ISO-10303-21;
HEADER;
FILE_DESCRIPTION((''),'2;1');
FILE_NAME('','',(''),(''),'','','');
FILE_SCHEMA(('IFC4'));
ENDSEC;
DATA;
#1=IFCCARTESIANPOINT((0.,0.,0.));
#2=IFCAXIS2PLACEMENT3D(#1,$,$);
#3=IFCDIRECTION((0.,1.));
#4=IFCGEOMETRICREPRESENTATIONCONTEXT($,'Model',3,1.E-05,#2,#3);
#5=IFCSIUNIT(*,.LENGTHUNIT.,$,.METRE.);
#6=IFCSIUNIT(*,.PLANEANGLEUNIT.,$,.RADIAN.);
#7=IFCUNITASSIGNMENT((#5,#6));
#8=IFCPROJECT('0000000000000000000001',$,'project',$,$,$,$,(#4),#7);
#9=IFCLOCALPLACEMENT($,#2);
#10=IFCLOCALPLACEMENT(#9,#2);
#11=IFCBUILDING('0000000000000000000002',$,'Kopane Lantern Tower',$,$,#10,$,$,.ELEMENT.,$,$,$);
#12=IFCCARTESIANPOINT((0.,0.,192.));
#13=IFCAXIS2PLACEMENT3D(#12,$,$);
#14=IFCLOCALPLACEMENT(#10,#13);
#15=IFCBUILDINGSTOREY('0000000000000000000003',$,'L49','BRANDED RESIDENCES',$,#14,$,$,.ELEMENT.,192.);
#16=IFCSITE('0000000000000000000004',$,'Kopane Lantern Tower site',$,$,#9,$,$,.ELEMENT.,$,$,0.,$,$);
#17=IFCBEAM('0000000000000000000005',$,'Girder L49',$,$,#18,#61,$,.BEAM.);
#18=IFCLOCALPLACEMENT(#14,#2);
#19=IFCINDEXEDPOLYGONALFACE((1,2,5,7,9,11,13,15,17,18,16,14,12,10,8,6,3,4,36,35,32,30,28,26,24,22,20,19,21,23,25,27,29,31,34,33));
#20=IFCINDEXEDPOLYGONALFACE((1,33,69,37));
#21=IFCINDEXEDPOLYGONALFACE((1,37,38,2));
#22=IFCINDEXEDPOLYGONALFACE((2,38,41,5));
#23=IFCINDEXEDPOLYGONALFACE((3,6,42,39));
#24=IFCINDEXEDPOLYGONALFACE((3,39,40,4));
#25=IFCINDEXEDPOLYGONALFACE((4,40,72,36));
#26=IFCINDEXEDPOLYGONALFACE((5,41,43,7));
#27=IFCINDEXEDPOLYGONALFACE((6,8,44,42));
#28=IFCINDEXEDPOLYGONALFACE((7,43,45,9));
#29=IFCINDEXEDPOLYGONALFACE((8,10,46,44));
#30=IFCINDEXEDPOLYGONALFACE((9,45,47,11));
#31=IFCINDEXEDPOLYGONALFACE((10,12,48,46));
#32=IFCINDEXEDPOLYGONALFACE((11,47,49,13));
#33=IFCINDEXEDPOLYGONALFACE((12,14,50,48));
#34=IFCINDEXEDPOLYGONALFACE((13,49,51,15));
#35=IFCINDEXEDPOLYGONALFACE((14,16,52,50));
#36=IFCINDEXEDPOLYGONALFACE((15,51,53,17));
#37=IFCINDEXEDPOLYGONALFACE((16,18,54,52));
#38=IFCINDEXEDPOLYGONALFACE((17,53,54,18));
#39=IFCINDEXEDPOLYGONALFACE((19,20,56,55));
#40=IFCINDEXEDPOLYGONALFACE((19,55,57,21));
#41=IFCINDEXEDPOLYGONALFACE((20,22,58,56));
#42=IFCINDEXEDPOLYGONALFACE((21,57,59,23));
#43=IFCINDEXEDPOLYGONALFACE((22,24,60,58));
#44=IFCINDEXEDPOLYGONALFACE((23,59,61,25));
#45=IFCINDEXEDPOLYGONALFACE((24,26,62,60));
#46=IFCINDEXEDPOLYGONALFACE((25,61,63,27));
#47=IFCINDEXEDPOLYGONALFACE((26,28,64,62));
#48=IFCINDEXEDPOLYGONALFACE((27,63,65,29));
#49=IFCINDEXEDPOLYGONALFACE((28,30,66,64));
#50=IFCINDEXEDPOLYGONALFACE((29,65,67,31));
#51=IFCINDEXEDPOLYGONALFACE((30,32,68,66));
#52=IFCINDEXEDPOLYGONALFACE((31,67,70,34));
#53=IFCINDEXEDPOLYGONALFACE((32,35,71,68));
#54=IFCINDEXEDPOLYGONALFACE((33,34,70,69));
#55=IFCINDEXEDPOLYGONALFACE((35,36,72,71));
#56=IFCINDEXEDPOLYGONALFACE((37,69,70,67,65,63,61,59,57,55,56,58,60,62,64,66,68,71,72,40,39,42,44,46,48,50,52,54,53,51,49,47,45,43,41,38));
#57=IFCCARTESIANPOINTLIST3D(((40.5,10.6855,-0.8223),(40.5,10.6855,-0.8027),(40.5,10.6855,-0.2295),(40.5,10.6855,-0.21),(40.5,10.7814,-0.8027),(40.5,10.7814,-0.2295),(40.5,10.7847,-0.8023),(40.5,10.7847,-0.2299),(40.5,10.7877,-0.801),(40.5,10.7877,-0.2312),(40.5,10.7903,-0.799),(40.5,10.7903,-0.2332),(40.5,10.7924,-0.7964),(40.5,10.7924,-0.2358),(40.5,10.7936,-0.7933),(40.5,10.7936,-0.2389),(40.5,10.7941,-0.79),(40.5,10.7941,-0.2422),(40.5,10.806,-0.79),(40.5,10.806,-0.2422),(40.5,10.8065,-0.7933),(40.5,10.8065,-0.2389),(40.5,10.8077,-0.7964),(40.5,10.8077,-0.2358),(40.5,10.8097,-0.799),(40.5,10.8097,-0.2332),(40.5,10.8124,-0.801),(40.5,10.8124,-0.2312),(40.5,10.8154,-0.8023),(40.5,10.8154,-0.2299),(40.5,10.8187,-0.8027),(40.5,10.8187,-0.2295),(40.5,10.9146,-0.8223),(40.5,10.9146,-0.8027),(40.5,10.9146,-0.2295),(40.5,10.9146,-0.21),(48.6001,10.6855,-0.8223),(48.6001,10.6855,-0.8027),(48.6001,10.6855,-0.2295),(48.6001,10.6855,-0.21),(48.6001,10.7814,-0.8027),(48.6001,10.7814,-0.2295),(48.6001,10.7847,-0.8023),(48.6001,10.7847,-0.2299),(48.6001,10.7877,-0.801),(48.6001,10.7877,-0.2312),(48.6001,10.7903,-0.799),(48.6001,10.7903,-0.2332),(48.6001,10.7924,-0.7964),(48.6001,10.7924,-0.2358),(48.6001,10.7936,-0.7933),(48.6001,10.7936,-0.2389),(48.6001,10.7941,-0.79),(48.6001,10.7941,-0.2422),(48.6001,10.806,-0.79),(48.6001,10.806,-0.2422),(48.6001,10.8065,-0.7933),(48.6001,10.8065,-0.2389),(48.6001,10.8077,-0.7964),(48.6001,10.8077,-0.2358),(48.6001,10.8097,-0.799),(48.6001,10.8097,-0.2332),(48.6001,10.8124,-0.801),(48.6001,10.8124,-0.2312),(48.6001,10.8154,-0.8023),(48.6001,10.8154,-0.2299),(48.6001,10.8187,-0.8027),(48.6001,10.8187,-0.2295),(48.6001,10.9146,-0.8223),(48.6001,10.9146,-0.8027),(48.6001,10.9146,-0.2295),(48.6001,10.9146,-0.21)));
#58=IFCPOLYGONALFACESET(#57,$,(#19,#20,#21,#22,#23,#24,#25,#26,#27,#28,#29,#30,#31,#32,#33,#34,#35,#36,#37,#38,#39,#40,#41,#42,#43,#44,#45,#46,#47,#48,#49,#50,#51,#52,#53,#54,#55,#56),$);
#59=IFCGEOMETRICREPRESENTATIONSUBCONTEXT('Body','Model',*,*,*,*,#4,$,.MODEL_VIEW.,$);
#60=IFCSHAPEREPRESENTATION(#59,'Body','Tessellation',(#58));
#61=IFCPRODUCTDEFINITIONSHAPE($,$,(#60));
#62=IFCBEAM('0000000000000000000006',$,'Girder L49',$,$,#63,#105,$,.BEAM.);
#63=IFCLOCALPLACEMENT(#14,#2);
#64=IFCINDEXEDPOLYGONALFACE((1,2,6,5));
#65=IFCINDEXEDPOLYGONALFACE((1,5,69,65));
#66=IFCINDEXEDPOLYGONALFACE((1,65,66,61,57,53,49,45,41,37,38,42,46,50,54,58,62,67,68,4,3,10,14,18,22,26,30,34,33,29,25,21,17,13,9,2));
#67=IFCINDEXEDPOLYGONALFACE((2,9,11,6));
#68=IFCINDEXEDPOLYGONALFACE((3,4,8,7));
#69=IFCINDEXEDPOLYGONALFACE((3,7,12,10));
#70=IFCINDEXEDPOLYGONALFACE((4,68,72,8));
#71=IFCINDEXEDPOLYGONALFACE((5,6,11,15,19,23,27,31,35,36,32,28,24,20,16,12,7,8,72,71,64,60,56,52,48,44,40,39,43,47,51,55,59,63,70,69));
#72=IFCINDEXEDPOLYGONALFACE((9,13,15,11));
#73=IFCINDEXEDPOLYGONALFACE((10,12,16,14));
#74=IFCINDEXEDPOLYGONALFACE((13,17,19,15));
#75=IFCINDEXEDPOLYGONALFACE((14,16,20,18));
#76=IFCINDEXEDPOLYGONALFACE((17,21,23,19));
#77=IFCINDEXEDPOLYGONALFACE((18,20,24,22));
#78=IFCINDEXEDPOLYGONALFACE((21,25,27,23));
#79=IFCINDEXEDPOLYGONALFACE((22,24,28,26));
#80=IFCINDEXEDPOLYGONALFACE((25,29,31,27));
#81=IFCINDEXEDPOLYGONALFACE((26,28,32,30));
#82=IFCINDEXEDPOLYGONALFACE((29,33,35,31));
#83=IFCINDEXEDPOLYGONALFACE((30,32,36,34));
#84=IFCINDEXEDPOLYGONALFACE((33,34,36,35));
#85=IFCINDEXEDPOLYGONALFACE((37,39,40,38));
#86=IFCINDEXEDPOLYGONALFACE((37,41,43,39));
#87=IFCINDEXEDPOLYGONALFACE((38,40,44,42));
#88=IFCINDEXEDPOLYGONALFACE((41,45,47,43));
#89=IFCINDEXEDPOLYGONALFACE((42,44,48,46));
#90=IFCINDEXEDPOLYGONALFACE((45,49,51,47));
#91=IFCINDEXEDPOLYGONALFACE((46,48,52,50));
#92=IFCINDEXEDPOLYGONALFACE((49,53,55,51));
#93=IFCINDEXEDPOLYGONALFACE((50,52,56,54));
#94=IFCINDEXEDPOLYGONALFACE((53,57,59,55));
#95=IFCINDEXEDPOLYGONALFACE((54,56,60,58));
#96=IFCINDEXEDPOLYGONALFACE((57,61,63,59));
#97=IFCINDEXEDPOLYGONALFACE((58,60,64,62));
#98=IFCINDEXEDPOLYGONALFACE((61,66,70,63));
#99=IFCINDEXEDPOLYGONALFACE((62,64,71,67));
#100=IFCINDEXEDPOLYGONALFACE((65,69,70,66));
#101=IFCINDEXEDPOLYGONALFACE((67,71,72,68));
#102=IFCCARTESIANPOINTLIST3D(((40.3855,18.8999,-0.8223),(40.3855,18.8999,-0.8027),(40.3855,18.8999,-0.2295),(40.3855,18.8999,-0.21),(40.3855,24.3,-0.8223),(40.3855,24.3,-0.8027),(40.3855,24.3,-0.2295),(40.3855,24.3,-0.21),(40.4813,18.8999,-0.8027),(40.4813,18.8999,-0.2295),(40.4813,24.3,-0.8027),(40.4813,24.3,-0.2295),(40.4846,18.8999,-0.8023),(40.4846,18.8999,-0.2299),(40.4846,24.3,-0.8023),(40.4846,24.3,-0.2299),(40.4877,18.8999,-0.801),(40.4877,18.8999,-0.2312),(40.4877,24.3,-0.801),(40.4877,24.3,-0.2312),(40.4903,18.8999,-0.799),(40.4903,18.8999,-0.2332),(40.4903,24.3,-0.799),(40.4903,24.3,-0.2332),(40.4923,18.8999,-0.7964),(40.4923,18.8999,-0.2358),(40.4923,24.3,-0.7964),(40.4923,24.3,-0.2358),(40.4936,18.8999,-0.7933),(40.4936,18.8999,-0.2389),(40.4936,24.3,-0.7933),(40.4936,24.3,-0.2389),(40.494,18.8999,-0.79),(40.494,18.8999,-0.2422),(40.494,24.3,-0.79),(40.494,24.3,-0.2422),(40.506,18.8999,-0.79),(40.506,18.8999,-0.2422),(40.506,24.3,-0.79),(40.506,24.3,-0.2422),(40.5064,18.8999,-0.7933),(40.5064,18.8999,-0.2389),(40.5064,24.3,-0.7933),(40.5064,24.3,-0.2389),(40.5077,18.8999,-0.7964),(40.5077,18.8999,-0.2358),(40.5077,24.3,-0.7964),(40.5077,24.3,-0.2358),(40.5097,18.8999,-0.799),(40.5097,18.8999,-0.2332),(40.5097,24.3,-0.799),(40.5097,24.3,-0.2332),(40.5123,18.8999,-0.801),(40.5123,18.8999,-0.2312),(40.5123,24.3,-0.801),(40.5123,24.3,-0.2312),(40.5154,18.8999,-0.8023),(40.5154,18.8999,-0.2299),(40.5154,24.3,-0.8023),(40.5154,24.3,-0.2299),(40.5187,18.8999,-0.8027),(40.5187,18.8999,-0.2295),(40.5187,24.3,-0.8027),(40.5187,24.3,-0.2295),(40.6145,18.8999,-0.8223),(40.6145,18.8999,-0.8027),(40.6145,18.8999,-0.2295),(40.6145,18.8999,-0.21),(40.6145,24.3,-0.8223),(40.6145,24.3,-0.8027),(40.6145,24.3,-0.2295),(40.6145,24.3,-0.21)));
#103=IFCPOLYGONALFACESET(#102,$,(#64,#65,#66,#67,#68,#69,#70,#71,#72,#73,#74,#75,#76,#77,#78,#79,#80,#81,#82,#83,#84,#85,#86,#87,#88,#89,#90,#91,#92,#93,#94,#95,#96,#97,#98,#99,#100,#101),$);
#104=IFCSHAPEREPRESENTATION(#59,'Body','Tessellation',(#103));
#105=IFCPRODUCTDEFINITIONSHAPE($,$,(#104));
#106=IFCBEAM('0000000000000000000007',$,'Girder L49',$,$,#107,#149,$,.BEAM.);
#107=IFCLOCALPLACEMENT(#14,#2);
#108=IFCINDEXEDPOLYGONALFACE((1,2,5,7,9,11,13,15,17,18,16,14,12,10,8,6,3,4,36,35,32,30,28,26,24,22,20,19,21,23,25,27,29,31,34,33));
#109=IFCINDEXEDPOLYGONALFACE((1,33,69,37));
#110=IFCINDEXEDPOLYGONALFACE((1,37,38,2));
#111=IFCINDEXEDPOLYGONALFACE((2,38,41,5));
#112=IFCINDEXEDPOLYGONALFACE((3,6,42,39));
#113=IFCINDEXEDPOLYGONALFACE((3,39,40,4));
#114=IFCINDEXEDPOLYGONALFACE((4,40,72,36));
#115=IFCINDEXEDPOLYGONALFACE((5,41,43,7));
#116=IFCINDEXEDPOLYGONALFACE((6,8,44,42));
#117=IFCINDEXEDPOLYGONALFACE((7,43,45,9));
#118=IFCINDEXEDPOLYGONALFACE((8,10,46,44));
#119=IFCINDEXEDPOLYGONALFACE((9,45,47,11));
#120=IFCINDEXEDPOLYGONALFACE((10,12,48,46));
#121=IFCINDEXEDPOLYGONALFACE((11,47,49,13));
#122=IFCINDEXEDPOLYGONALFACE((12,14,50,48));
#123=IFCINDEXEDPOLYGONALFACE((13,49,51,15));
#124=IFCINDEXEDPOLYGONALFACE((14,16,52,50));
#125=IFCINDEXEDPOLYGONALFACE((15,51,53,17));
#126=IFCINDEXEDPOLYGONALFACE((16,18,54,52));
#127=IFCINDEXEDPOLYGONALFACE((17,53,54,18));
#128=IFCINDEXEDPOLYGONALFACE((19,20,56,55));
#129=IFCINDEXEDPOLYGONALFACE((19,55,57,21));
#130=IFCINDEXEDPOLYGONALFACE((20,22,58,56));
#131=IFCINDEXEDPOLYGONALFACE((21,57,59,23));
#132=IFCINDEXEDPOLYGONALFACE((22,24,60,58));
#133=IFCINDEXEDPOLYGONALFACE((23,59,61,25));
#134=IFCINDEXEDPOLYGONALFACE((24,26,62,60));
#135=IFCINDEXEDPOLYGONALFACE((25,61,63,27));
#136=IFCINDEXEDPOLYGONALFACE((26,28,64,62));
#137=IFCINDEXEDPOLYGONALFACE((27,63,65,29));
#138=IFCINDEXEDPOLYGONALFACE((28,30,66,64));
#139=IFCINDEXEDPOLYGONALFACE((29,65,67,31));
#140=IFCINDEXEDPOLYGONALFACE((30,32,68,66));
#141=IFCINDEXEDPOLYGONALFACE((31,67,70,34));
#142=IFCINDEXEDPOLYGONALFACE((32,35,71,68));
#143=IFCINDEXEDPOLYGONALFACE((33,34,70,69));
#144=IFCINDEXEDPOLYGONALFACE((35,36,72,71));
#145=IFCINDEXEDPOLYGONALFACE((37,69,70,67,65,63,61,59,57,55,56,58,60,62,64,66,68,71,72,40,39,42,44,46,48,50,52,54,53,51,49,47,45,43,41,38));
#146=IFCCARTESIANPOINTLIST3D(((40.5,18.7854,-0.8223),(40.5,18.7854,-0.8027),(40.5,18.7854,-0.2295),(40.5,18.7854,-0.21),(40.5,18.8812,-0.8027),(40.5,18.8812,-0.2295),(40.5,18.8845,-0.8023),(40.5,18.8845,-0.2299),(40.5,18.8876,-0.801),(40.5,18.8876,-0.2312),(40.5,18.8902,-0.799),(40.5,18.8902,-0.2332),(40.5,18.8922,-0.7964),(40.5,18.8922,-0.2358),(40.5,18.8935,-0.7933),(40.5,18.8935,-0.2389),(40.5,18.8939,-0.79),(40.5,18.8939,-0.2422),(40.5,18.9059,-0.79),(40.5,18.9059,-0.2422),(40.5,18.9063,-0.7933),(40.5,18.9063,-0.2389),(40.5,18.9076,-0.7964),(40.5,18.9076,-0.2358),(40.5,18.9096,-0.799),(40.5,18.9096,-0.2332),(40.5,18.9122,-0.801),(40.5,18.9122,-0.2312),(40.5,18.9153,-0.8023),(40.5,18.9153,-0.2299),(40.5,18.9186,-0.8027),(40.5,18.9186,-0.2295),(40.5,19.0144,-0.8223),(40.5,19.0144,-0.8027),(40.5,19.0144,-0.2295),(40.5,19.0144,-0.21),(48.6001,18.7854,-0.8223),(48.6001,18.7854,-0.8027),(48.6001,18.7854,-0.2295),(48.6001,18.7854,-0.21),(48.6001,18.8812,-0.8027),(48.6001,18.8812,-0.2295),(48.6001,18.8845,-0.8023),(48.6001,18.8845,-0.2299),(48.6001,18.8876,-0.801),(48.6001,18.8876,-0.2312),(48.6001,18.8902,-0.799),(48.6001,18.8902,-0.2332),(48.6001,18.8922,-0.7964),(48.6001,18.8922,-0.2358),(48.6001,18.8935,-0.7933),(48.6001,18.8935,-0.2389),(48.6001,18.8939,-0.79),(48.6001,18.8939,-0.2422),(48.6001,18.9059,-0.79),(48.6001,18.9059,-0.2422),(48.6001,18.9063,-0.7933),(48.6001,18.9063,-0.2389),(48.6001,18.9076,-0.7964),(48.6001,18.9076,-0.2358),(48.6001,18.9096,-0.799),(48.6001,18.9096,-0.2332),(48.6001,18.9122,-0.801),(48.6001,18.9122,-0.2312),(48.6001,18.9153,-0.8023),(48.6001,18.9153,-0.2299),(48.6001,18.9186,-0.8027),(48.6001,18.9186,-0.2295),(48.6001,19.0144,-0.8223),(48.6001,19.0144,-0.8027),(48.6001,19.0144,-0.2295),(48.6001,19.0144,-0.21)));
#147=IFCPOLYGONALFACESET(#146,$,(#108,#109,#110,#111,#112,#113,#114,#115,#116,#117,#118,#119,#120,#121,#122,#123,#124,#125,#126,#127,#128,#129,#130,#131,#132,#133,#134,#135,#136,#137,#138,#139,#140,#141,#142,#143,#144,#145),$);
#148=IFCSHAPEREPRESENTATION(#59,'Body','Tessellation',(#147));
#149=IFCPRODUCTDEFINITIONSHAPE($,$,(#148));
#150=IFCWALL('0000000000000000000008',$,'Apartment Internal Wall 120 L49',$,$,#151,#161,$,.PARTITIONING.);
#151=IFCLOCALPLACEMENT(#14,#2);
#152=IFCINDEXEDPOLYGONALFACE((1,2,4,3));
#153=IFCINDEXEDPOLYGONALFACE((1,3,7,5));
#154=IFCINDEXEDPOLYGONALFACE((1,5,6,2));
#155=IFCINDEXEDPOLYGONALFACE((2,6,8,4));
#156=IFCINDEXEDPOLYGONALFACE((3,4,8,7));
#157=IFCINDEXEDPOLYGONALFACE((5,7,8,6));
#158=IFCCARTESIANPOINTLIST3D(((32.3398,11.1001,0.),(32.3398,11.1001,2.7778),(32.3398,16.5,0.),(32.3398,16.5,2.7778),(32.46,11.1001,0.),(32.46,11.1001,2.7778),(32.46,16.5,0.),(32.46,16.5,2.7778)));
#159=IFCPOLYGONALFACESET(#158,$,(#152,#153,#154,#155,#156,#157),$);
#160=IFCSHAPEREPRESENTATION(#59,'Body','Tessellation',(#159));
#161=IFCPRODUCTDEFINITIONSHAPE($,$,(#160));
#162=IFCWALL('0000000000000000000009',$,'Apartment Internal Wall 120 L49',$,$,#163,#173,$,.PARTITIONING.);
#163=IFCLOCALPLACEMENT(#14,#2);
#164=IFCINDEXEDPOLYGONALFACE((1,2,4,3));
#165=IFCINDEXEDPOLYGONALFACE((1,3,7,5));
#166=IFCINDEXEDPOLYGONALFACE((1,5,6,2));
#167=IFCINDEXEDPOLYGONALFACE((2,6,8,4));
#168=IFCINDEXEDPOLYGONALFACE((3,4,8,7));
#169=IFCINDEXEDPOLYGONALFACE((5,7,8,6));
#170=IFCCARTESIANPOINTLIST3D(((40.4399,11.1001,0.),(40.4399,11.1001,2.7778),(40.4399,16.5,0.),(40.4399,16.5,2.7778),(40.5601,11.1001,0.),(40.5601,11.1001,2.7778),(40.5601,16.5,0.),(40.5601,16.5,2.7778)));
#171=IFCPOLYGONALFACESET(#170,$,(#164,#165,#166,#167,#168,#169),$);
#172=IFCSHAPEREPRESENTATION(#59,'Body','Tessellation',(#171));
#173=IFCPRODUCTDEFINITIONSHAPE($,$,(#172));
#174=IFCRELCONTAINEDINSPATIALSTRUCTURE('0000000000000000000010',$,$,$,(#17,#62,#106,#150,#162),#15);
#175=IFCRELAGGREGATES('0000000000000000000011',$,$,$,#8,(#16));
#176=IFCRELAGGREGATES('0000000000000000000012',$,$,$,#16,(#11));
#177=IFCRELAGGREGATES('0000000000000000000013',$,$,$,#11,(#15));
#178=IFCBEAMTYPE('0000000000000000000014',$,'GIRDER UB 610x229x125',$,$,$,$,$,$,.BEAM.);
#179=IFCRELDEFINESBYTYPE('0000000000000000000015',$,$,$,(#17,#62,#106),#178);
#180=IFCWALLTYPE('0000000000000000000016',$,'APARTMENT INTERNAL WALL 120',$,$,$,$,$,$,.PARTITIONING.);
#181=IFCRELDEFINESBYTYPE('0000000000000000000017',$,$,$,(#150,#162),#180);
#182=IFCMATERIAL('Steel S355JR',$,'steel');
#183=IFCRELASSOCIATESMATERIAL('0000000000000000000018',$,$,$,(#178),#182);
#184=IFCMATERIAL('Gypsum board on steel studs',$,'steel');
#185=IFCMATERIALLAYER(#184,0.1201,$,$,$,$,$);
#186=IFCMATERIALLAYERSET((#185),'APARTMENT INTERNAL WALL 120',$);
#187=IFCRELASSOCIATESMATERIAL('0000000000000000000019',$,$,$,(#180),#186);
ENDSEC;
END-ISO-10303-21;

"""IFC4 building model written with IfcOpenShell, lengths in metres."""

from ifc_helpers import new_model, si_unit, direction, frame, frame_2d, origin, origin_2d, place, context, subcontext, project, spatial, rectangle, i_section, extrude, material, layer, layer_set, material_profile, profile_set, type_object, element, save


model = new_model("IFC4")

# Units and contexts
model_context = context("Model", 3, precision=1e-05, world=origin(), true_north=direction((0.0, 1.0)))
body_context = subcontext(model_context, "Body", "Model", "MODEL_VIEW")
ifc_project = project(units=[si_unit("LENGTHUNIT", "METRE"), si_unit("PLANEANGLEUNIT", "RADIAN")], contexts=[model_context])

# Site, building, storey
site_placement = place(None, origin())
site = spatial("IfcSite", under=ifc_project, at=site_placement, Name="Kopane Lantern Tower site", CompositionType="ELEMENT", RefElevation=0.0)
building_placement = place(site_placement, origin())
building = spatial("IfcBuilding", under=site, at=building_placement, Name="Kopane Lantern Tower", CompositionType="ELEMENT")
storey_placement = place(building_placement, frame((0.0, 0.0, 192.0)))
storey = spatial("IfcBuildingStorey", under=building, at=storey_placement, Name="L49", Description="BRANDED RESIDENCES", CompositionType="ELEMENT", Elevation=192.0)

# Beams
ifc_material_1 = material(Name="Steel S355JR", Category="steel")
ifc_material_profile_1 = material_profile(ifc_material_1, i_section(OverallWidth=0.229, OverallDepth=0.6123, WebThickness=0.012, FlangeThickness=0.0195, FilletRadius=0.0127, at=origin_2d()), Name="UB 610x229x125")
ifc_profile_set_1 = profile_set([ifc_material_profile_1], Name="Steel S355JR")
beam_type = type_object("IfcBeamType", Name="GIRDER UB 610x229x125", PredefinedType="BEAM", material=ifc_profile_set_1)
beam_1_placement = place(storey_placement, frame((40.5, 10.8, -0.5161), z_axis=(1.0, 0.0, 0.0), x_axis=(0.0, 1.0, 0.0)))
element("IfcBeam", 1, at=beam_1_placement, inside=storey, type_object=beam_type, Name="Girder L49", PredefinedType="BEAM", context=body_context, shape_type="SweptSolid", body=[
    extrude(i_section(OverallWidth=0.229, OverallDepth=0.6123, WebThickness=0.012, FlangeThickness=0.0195, FilletRadius=0.0127, at=origin_2d()), origin(), (0.0, 0.0, 1.0), 8.1001),
])
beam_2_placement = place(storey_placement, frame((40.5, 18.8999, -0.5161), z_axis=(0.0, 1.0, 0.0), x_axis=(-1.0, 0.0, 0.0)))
element("IfcBeam", 2, at=beam_2_placement, inside=storey, type_object=beam_type, Name="Girder L49", PredefinedType="BEAM", context=body_context, shape_type="SweptSolid", body=[
    extrude(i_section(OverallWidth=0.229, OverallDepth=0.6123, WebThickness=0.012, FlangeThickness=0.0195, FilletRadius=0.0127, at=origin_2d()), origin(), (0.0, 0.0, 1.0), 5.4001),
])
beam_3_placement = place(storey_placement, frame((40.5, 18.8999, -0.5161), z_axis=(1.0, 0.0, 0.0), x_axis=(0.0, 1.0, 0.0)))
element("IfcBeam", 3, at=beam_3_placement, inside=storey, type_object=beam_type, Name="Girder L49", PredefinedType="BEAM", context=body_context, shape_type="SweptSolid", body=[
    extrude(i_section(OverallWidth=0.229, OverallDepth=0.6123, WebThickness=0.012, FlangeThickness=0.0195, FilletRadius=0.0127, at=origin_2d()), origin(), (0.0, 0.0, 1.0), 8.1001),
])

# Walls
ifc_material_2 = material(Name="Gypsum board on steel studs", Category="steel")
ifc_layer_1 = layer(ifc_material_2, 0.1201)
ifc_layer_set_1 = layer_set([ifc_layer_1], Name="APARTMENT INTERNAL WALL 120")
wall_type_1 = type_object("IfcWallType", Name="APARTMENT INTERNAL WALL 120", PredefinedType="PARTITIONING", material=ifc_layer_set_1)
for number, where, z_axis, x_axis, name in (
    (4, (32.3999, 16.5, 0.0), (0.0, 0.0, 1.0), (0.0, -1.0, 0.0), "Apartment Internal Wall 120 L49"),
    (5, (40.5, 16.5, 0.0), (0.0, 0.0, 1.0), (0.0, -1.0, 0.0), "Apartment Internal Wall 120 L49"),
):
    element("IfcWall", number, at=place(storey_placement, frame(where, z_axis=z_axis, x_axis=x_axis)), inside=storey, type_object=wall_type_1, Name=name, PredefinedType="PARTITIONING", context=body_context, shape_type="SweptSolid", body=[
        extrude(rectangle(XDim=5.3999, YDim=0.1201, at=frame_2d((2.7, 0.0))), origin(), (0.0, 0.0, 1.0), 2.7778),
    ])

save(model, "model.ifc")
